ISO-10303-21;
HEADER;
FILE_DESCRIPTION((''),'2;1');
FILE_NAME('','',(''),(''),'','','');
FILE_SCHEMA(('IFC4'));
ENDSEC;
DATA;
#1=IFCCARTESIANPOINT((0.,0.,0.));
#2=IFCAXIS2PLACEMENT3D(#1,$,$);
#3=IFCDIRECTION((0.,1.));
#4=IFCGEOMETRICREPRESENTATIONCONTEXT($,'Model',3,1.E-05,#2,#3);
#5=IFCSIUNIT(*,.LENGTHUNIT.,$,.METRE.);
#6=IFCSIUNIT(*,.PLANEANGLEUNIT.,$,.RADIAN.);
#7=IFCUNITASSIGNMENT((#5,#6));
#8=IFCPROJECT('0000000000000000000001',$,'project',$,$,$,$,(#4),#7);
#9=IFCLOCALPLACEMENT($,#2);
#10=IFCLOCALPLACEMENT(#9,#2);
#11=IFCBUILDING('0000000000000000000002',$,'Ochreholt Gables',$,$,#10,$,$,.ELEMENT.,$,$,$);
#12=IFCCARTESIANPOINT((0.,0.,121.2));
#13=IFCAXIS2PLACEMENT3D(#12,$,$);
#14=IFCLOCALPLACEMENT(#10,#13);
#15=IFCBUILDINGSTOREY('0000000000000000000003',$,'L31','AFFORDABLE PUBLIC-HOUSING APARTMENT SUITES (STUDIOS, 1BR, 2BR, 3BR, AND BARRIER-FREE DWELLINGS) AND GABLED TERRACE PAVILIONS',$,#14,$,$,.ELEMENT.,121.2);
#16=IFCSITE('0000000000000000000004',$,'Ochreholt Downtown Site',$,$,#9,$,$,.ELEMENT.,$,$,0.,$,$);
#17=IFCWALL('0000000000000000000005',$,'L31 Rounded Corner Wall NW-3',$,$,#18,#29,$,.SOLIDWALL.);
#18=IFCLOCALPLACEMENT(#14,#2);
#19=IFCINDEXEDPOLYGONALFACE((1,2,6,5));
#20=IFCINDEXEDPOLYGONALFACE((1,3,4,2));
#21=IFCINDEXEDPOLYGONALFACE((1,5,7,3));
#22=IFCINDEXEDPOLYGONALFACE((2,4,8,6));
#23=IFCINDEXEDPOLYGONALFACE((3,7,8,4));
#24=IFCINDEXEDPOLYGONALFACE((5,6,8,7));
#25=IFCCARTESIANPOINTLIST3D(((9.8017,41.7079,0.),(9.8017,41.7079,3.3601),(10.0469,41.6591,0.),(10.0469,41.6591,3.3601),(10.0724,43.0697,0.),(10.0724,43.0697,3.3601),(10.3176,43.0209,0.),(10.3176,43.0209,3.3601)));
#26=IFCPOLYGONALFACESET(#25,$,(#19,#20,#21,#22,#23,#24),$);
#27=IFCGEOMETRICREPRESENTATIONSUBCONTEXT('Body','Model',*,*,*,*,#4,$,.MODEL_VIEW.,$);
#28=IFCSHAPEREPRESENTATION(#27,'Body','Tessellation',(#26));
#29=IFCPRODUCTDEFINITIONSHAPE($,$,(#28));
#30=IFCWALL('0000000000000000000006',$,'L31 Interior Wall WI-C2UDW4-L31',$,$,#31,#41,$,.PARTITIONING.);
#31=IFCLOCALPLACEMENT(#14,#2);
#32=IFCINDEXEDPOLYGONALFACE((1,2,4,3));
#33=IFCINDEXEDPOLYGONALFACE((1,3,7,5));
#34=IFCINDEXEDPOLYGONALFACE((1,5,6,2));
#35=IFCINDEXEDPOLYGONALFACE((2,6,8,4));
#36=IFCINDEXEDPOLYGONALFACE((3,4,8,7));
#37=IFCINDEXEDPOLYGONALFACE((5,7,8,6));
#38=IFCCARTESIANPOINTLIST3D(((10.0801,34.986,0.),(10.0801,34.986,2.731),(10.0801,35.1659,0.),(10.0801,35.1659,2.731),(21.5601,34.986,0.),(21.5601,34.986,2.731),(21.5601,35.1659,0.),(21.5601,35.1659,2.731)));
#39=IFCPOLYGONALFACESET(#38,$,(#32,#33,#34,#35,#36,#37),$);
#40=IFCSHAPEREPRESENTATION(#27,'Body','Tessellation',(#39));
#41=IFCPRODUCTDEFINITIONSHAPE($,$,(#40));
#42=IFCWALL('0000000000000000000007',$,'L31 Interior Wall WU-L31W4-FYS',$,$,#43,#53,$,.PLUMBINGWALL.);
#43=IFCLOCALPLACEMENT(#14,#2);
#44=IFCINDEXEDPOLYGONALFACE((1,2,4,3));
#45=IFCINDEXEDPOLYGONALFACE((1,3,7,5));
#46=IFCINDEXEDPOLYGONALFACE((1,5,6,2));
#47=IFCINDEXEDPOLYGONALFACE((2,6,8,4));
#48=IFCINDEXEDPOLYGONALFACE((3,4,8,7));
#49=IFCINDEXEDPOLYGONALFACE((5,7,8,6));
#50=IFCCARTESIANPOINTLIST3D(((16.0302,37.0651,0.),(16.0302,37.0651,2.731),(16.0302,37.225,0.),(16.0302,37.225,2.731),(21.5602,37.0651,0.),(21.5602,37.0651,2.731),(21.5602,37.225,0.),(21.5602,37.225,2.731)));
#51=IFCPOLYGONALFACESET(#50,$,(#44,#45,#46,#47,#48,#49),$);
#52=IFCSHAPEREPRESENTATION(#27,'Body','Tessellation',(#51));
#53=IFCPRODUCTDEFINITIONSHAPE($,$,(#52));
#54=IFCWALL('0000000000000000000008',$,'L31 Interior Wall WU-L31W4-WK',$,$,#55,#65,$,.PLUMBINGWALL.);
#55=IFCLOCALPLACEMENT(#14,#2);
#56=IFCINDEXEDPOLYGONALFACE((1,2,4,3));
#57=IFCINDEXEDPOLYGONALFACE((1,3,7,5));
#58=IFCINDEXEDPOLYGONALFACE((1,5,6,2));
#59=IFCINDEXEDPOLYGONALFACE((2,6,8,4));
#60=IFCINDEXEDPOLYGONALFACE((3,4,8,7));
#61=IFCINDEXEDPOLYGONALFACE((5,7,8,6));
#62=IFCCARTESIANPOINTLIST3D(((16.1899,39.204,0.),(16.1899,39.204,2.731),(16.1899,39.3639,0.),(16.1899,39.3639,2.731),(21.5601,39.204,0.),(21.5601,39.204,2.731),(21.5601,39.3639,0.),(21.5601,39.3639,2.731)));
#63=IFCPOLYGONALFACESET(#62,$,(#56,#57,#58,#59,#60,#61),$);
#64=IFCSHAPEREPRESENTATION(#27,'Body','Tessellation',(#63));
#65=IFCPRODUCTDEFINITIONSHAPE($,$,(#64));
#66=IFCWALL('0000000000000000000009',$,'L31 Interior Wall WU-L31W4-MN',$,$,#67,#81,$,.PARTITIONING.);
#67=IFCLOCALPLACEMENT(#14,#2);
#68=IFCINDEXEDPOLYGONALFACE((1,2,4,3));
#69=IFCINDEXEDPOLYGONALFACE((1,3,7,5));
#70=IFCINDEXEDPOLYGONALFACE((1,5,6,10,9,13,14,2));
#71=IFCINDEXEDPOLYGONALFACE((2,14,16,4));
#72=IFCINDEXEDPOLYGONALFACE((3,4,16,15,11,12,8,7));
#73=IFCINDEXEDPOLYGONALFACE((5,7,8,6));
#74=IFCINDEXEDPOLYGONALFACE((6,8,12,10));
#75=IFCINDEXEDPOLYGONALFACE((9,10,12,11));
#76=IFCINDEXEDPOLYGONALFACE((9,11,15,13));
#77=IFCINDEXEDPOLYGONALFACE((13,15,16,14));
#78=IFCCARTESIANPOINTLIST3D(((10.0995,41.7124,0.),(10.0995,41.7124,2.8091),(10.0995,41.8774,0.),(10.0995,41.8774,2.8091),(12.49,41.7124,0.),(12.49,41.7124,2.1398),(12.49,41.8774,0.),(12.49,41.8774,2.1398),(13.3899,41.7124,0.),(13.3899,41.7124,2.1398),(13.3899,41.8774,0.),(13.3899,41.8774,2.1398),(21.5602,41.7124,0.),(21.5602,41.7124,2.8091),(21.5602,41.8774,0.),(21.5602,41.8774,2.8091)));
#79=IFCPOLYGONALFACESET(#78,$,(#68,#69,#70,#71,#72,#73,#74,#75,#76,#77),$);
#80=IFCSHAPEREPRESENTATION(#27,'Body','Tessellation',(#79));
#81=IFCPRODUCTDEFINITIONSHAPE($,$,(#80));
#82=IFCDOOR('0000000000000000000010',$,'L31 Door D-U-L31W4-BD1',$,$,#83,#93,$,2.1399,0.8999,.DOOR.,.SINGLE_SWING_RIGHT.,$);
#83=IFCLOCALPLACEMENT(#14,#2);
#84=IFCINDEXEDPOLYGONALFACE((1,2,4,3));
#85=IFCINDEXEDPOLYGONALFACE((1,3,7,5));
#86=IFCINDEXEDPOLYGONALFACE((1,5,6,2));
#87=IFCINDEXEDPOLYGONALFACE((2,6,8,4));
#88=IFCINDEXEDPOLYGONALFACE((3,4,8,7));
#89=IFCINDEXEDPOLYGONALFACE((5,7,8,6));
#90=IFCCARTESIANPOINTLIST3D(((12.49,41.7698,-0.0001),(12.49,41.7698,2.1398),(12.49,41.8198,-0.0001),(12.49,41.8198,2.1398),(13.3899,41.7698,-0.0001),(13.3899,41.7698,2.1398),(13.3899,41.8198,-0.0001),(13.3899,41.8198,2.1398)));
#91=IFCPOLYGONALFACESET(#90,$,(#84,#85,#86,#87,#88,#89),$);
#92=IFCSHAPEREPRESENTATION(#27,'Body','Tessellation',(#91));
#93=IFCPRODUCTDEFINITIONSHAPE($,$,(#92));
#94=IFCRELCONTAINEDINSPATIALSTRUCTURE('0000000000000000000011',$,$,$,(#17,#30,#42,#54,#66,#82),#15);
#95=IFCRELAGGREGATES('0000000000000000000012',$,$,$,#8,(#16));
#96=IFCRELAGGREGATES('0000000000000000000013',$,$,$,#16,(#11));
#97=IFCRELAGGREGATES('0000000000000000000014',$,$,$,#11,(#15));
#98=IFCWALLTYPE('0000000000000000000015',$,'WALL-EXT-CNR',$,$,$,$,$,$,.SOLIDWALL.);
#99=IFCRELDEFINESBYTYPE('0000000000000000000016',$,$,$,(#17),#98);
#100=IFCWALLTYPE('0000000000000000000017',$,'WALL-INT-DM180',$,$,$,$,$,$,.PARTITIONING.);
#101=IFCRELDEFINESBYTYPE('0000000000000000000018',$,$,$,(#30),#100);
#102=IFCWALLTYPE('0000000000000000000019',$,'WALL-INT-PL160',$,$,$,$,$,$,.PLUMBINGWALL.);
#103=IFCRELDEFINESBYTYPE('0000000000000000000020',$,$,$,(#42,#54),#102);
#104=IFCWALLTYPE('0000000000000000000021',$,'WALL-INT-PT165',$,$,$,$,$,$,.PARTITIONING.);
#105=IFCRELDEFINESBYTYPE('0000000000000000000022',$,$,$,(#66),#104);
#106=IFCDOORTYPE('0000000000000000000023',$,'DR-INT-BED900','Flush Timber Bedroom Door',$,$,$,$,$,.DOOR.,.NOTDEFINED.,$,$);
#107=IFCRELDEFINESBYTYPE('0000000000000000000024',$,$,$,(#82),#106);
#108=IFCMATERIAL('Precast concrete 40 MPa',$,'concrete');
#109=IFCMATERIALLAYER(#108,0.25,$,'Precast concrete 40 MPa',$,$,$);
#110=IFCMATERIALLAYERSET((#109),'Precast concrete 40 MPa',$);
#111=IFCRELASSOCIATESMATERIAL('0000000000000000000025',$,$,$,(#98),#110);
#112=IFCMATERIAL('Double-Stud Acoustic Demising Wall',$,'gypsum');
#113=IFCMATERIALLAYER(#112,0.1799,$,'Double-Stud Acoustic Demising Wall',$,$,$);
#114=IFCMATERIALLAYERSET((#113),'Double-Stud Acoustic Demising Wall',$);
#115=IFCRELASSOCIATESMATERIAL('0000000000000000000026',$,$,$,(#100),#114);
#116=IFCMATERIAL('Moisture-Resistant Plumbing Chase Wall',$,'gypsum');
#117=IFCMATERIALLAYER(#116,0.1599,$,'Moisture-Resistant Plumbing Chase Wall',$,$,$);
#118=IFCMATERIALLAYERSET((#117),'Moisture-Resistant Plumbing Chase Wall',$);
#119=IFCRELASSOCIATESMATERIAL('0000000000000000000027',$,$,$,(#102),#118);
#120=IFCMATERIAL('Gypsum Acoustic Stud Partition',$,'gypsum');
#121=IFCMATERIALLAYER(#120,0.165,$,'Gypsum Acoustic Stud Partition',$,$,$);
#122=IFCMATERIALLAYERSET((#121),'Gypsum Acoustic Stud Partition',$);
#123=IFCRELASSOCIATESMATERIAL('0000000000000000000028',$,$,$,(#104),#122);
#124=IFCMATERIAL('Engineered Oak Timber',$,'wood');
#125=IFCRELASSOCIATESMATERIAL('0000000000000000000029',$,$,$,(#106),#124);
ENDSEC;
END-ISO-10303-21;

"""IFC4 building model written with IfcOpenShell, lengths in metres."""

from ifc_helpers import new_model, si_unit, direction, frame, frame_2d, origin, place, context, subcontext, project, spatial, rectangle, extrude, material, layer, layer_set, type_object, element, fill, save


model = new_model("IFC4")

# Units and contexts
model_context = context("Model", 3, precision=1e-05, world=origin(), true_north=direction((0.0, 1.0)))
body_context = subcontext(model_context, "Body", "Model", "MODEL_VIEW")
ifc_project = project(units=[si_unit("LENGTHUNIT", "METRE"), si_unit("PLANEANGLEUNIT", "RADIAN")], contexts=[model_context])

# Site, building, storey
site_placement = place(None, origin())
site = spatial("IfcSite", under=ifc_project, at=site_placement, Name="Ochreholt Downtown Site", CompositionType="ELEMENT", RefElevation=0.0)
building_placement = place(site_placement, origin())
building = spatial("IfcBuilding", under=site, at=building_placement, Name="Ochreholt Gables", CompositionType="ELEMENT")
storey_placement = place(building_placement, frame((0.0, 0.0, 121.2)))
storey = spatial("IfcBuildingStorey", under=building, at=storey_placement, Name="L31", Description="AFFORDABLE PUBLIC-HOUSING APARTMENT SUITES (STUDIOS, 1BR, 2BR, 3BR, AND BARRIER-FREE DWELLINGS) AND GABLED TERRACE PAVILIONS", CompositionType="ELEMENT", Elevation=121.2)

# Shared definitions
ifc_material_1 = material(Name="Precast concrete 40 MPa", Category="concrete")

# Shared definitions
ifc_layer_1 = layer(ifc_material_1, 0.25, Name="Precast concrete 40 MPa")
ifc_layer_set_1 = layer_set([ifc_layer_1], Name="Precast concrete 40 MPa")
wall_type_1 = type_object("IfcWallType", Name="WALL-EXT-CNR", PredefinedType="SOLIDWALL", material=ifc_layer_set_1)

# Walls
wall_1_placement = place(storey_placement, frame((10.1951, 43.0454, 0.0), z_axis=(0.0, 0.0, 1.0), x_axis=(-0.195, -0.980803, 0.0)))
element("IfcWall", 1, at=wall_1_placement, inside=storey, type_object=wall_type_1, Name="L31 Rounded Corner Wall NW-3", PredefinedType="SOLIDWALL", context=body_context, shape_type="SweptSolid", body=[
    extrude(rectangle(XDim=1.3884, YDim=0.25, at=frame_2d((0.6943, 0.0))), origin(), (0.0, 0.0, 1.0), 3.3601),
])
ifc_material_2 = material(Name="Double-Stud Acoustic Demising Wall", Category="gypsum")
ifc_layer_2 = layer(ifc_material_2, 0.1799, Name="Double-Stud Acoustic Demising Wall")
ifc_layer_set_2 = layer_set([ifc_layer_2], Name="Double-Stud Acoustic Demising Wall")
wall_type_2 = type_object("IfcWallType", Name="WALL-INT-DM180", PredefinedType="PARTITIONING", material=ifc_layer_set_2)
wall_2_placement = place(storey_placement, frame((10.0801, 35.0759, 0.0), z_axis=(0.0, 0.0, 1.0), x_axis=(1.0, 0.0, 0.0)))
element("IfcWall", 2, at=wall_2_placement, inside=storey, type_object=wall_type_2, Name="L31 Interior Wall WI-C2UDW4-L31", PredefinedType="PARTITIONING", context=body_context, shape_type="SweptSolid", body=[
    extrude(rectangle(XDim=11.48, YDim=0.1799, at=frame_2d((5.74, 0.0))), origin(), (0.0, 0.0, 1.0), 2.731),
])
ifc_material_3 = material(Name="Moisture-Resistant Plumbing Chase Wall", Category="gypsum")
ifc_layer_3 = layer(ifc_material_3, 0.1599, Name="Moisture-Resistant Plumbing Chase Wall")
ifc_layer_set_3 = layer_set([ifc_layer_3], Name="Moisture-Resistant Plumbing Chase Wall")
wall_type_3 = type_object("IfcWallType", Name="WALL-INT-PL160", PredefinedType="PLUMBINGWALL", material=ifc_layer_set_3)
wall_3_placement = place(storey_placement, frame((16.03, 37.145, 0.0), z_axis=(0.0, 0.0, 1.0), x_axis=(1.0, 0.0, 0.0)))
element("IfcWall", 3, at=wall_3_placement, inside=storey, type_object=wall_type_3, Name="L31 Interior Wall WU-L31W4-FYS", PredefinedType="PLUMBINGWALL", context=body_context, shape_type="SweptSolid", body=[
    extrude(rectangle(XDim=5.53, YDim=0.1599, at=frame_2d((2.7651, 0.0))), origin(), (0.0, 0.0, 1.0), 2.731),
])

# Shared definitions
ifc_material_4 = material(Name="Engineered Oak Timber", Category="wood")

# Wall
wall_4_placement = place(storey_placement, frame((16.1899, 39.2839, 0.0), z_axis=(0.0, 0.0, 1.0), x_axis=(1.0, 0.0, 0.0)))
element("IfcWall", 4, at=wall_4_placement, inside=storey, type_object=wall_type_3, Name="L31 Interior Wall WU-L31W4-WK", PredefinedType="PLUMBINGWALL", context=body_context, shape_type="SweptSolid", body=[
    extrude(rectangle(XDim=5.3701, YDim=0.1599, at=frame_2d((2.6851, 0.0))), origin(), (0.0, 0.0, 1.0), 2.731),
])

# Wall, opening, door
ifc_material_5 = material(Name="Gypsum Acoustic Stud Partition", Category="gypsum")
ifc_layer_4 = layer(ifc_material_5, 0.165, Name="Gypsum Acoustic Stud Partition")
ifc_layer_set_4 = layer_set([ifc_layer_4], Name="Gypsum Acoustic Stud Partition")
wall_type_4 = type_object("IfcWallType", Name="WALL-INT-PT165", PredefinedType="PARTITIONING", material=ifc_layer_set_4)
wall_5_placement = place(storey_placement, frame((10.0994, 41.7949, 0.0), z_axis=(0.0, 0.0, 1.0), x_axis=(1.0, 0.0, 0.0)))
wall_5 = element("IfcWall", 5, at=wall_5_placement, inside=storey, type_object=wall_type_4, Name="L31 Interior Wall WU-L31W4-MN", PredefinedType="PARTITIONING", context=body_context, shape_type="SweptSolid", body=[
    extrude(rectangle(XDim=11.4607, YDim=0.165, at=frame_2d((5.7305, 0.0))), origin(), (0.0, 0.0, 1.0), 2.8091),
])
opening_1_placement = place(wall_5_placement, frame((2.3906, 0.0, 0.0)))
opening_1 = element("IfcOpeningElement", 6, at=opening_1_placement, cuts=wall_5, PredefinedType="OPENING", context=body_context, shape_type="SweptSolid", body=[
    extrude(rectangle(XDim=0.8999, YDim=2.1399, at=frame_2d((0.45, 1.0698))), frame((0.0, 0.0925, 0.0), z_axis=(0.0, -1.0, 0.0), x_axis=(1.0, 0.0, 0.0)), (0.0, 0.0, 1.0), 0.1851),
])
door_type_1 = type_object("IfcDoorType", Name="DR-INT-BED900", Description="Flush Timber Bedroom Door", OperationType="NOTDEFINED", PredefinedType="DOOR", material=ifc_material_4)
door_1_placement = place(opening_1_placement, origin())
door_1 = element("IfcDoor", 7, at=door_1_placement, inside=storey, type_object=door_type_1, Name="L31 Door D-U-L31W4-BD1", OperationType="SINGLE_SWING_RIGHT", OverallHeight=2.1399, OverallWidth=0.8999, PredefinedType="DOOR", context=body_context, shape_type="SweptSolid", body=[
    extrude(rectangle(XDim=0.8999, YDim=2.1399, at=frame_2d((0.45, 1.0698))), frame((0.0, 0.0249, 0.0), z_axis=(0.0, -1.0, 0.0), x_axis=(1.0, 0.0, 0.0)), (0.0, 0.0, 1.0), 0.05),
])
fill(opening_1, door_1)

save(model, "model.ifc")
